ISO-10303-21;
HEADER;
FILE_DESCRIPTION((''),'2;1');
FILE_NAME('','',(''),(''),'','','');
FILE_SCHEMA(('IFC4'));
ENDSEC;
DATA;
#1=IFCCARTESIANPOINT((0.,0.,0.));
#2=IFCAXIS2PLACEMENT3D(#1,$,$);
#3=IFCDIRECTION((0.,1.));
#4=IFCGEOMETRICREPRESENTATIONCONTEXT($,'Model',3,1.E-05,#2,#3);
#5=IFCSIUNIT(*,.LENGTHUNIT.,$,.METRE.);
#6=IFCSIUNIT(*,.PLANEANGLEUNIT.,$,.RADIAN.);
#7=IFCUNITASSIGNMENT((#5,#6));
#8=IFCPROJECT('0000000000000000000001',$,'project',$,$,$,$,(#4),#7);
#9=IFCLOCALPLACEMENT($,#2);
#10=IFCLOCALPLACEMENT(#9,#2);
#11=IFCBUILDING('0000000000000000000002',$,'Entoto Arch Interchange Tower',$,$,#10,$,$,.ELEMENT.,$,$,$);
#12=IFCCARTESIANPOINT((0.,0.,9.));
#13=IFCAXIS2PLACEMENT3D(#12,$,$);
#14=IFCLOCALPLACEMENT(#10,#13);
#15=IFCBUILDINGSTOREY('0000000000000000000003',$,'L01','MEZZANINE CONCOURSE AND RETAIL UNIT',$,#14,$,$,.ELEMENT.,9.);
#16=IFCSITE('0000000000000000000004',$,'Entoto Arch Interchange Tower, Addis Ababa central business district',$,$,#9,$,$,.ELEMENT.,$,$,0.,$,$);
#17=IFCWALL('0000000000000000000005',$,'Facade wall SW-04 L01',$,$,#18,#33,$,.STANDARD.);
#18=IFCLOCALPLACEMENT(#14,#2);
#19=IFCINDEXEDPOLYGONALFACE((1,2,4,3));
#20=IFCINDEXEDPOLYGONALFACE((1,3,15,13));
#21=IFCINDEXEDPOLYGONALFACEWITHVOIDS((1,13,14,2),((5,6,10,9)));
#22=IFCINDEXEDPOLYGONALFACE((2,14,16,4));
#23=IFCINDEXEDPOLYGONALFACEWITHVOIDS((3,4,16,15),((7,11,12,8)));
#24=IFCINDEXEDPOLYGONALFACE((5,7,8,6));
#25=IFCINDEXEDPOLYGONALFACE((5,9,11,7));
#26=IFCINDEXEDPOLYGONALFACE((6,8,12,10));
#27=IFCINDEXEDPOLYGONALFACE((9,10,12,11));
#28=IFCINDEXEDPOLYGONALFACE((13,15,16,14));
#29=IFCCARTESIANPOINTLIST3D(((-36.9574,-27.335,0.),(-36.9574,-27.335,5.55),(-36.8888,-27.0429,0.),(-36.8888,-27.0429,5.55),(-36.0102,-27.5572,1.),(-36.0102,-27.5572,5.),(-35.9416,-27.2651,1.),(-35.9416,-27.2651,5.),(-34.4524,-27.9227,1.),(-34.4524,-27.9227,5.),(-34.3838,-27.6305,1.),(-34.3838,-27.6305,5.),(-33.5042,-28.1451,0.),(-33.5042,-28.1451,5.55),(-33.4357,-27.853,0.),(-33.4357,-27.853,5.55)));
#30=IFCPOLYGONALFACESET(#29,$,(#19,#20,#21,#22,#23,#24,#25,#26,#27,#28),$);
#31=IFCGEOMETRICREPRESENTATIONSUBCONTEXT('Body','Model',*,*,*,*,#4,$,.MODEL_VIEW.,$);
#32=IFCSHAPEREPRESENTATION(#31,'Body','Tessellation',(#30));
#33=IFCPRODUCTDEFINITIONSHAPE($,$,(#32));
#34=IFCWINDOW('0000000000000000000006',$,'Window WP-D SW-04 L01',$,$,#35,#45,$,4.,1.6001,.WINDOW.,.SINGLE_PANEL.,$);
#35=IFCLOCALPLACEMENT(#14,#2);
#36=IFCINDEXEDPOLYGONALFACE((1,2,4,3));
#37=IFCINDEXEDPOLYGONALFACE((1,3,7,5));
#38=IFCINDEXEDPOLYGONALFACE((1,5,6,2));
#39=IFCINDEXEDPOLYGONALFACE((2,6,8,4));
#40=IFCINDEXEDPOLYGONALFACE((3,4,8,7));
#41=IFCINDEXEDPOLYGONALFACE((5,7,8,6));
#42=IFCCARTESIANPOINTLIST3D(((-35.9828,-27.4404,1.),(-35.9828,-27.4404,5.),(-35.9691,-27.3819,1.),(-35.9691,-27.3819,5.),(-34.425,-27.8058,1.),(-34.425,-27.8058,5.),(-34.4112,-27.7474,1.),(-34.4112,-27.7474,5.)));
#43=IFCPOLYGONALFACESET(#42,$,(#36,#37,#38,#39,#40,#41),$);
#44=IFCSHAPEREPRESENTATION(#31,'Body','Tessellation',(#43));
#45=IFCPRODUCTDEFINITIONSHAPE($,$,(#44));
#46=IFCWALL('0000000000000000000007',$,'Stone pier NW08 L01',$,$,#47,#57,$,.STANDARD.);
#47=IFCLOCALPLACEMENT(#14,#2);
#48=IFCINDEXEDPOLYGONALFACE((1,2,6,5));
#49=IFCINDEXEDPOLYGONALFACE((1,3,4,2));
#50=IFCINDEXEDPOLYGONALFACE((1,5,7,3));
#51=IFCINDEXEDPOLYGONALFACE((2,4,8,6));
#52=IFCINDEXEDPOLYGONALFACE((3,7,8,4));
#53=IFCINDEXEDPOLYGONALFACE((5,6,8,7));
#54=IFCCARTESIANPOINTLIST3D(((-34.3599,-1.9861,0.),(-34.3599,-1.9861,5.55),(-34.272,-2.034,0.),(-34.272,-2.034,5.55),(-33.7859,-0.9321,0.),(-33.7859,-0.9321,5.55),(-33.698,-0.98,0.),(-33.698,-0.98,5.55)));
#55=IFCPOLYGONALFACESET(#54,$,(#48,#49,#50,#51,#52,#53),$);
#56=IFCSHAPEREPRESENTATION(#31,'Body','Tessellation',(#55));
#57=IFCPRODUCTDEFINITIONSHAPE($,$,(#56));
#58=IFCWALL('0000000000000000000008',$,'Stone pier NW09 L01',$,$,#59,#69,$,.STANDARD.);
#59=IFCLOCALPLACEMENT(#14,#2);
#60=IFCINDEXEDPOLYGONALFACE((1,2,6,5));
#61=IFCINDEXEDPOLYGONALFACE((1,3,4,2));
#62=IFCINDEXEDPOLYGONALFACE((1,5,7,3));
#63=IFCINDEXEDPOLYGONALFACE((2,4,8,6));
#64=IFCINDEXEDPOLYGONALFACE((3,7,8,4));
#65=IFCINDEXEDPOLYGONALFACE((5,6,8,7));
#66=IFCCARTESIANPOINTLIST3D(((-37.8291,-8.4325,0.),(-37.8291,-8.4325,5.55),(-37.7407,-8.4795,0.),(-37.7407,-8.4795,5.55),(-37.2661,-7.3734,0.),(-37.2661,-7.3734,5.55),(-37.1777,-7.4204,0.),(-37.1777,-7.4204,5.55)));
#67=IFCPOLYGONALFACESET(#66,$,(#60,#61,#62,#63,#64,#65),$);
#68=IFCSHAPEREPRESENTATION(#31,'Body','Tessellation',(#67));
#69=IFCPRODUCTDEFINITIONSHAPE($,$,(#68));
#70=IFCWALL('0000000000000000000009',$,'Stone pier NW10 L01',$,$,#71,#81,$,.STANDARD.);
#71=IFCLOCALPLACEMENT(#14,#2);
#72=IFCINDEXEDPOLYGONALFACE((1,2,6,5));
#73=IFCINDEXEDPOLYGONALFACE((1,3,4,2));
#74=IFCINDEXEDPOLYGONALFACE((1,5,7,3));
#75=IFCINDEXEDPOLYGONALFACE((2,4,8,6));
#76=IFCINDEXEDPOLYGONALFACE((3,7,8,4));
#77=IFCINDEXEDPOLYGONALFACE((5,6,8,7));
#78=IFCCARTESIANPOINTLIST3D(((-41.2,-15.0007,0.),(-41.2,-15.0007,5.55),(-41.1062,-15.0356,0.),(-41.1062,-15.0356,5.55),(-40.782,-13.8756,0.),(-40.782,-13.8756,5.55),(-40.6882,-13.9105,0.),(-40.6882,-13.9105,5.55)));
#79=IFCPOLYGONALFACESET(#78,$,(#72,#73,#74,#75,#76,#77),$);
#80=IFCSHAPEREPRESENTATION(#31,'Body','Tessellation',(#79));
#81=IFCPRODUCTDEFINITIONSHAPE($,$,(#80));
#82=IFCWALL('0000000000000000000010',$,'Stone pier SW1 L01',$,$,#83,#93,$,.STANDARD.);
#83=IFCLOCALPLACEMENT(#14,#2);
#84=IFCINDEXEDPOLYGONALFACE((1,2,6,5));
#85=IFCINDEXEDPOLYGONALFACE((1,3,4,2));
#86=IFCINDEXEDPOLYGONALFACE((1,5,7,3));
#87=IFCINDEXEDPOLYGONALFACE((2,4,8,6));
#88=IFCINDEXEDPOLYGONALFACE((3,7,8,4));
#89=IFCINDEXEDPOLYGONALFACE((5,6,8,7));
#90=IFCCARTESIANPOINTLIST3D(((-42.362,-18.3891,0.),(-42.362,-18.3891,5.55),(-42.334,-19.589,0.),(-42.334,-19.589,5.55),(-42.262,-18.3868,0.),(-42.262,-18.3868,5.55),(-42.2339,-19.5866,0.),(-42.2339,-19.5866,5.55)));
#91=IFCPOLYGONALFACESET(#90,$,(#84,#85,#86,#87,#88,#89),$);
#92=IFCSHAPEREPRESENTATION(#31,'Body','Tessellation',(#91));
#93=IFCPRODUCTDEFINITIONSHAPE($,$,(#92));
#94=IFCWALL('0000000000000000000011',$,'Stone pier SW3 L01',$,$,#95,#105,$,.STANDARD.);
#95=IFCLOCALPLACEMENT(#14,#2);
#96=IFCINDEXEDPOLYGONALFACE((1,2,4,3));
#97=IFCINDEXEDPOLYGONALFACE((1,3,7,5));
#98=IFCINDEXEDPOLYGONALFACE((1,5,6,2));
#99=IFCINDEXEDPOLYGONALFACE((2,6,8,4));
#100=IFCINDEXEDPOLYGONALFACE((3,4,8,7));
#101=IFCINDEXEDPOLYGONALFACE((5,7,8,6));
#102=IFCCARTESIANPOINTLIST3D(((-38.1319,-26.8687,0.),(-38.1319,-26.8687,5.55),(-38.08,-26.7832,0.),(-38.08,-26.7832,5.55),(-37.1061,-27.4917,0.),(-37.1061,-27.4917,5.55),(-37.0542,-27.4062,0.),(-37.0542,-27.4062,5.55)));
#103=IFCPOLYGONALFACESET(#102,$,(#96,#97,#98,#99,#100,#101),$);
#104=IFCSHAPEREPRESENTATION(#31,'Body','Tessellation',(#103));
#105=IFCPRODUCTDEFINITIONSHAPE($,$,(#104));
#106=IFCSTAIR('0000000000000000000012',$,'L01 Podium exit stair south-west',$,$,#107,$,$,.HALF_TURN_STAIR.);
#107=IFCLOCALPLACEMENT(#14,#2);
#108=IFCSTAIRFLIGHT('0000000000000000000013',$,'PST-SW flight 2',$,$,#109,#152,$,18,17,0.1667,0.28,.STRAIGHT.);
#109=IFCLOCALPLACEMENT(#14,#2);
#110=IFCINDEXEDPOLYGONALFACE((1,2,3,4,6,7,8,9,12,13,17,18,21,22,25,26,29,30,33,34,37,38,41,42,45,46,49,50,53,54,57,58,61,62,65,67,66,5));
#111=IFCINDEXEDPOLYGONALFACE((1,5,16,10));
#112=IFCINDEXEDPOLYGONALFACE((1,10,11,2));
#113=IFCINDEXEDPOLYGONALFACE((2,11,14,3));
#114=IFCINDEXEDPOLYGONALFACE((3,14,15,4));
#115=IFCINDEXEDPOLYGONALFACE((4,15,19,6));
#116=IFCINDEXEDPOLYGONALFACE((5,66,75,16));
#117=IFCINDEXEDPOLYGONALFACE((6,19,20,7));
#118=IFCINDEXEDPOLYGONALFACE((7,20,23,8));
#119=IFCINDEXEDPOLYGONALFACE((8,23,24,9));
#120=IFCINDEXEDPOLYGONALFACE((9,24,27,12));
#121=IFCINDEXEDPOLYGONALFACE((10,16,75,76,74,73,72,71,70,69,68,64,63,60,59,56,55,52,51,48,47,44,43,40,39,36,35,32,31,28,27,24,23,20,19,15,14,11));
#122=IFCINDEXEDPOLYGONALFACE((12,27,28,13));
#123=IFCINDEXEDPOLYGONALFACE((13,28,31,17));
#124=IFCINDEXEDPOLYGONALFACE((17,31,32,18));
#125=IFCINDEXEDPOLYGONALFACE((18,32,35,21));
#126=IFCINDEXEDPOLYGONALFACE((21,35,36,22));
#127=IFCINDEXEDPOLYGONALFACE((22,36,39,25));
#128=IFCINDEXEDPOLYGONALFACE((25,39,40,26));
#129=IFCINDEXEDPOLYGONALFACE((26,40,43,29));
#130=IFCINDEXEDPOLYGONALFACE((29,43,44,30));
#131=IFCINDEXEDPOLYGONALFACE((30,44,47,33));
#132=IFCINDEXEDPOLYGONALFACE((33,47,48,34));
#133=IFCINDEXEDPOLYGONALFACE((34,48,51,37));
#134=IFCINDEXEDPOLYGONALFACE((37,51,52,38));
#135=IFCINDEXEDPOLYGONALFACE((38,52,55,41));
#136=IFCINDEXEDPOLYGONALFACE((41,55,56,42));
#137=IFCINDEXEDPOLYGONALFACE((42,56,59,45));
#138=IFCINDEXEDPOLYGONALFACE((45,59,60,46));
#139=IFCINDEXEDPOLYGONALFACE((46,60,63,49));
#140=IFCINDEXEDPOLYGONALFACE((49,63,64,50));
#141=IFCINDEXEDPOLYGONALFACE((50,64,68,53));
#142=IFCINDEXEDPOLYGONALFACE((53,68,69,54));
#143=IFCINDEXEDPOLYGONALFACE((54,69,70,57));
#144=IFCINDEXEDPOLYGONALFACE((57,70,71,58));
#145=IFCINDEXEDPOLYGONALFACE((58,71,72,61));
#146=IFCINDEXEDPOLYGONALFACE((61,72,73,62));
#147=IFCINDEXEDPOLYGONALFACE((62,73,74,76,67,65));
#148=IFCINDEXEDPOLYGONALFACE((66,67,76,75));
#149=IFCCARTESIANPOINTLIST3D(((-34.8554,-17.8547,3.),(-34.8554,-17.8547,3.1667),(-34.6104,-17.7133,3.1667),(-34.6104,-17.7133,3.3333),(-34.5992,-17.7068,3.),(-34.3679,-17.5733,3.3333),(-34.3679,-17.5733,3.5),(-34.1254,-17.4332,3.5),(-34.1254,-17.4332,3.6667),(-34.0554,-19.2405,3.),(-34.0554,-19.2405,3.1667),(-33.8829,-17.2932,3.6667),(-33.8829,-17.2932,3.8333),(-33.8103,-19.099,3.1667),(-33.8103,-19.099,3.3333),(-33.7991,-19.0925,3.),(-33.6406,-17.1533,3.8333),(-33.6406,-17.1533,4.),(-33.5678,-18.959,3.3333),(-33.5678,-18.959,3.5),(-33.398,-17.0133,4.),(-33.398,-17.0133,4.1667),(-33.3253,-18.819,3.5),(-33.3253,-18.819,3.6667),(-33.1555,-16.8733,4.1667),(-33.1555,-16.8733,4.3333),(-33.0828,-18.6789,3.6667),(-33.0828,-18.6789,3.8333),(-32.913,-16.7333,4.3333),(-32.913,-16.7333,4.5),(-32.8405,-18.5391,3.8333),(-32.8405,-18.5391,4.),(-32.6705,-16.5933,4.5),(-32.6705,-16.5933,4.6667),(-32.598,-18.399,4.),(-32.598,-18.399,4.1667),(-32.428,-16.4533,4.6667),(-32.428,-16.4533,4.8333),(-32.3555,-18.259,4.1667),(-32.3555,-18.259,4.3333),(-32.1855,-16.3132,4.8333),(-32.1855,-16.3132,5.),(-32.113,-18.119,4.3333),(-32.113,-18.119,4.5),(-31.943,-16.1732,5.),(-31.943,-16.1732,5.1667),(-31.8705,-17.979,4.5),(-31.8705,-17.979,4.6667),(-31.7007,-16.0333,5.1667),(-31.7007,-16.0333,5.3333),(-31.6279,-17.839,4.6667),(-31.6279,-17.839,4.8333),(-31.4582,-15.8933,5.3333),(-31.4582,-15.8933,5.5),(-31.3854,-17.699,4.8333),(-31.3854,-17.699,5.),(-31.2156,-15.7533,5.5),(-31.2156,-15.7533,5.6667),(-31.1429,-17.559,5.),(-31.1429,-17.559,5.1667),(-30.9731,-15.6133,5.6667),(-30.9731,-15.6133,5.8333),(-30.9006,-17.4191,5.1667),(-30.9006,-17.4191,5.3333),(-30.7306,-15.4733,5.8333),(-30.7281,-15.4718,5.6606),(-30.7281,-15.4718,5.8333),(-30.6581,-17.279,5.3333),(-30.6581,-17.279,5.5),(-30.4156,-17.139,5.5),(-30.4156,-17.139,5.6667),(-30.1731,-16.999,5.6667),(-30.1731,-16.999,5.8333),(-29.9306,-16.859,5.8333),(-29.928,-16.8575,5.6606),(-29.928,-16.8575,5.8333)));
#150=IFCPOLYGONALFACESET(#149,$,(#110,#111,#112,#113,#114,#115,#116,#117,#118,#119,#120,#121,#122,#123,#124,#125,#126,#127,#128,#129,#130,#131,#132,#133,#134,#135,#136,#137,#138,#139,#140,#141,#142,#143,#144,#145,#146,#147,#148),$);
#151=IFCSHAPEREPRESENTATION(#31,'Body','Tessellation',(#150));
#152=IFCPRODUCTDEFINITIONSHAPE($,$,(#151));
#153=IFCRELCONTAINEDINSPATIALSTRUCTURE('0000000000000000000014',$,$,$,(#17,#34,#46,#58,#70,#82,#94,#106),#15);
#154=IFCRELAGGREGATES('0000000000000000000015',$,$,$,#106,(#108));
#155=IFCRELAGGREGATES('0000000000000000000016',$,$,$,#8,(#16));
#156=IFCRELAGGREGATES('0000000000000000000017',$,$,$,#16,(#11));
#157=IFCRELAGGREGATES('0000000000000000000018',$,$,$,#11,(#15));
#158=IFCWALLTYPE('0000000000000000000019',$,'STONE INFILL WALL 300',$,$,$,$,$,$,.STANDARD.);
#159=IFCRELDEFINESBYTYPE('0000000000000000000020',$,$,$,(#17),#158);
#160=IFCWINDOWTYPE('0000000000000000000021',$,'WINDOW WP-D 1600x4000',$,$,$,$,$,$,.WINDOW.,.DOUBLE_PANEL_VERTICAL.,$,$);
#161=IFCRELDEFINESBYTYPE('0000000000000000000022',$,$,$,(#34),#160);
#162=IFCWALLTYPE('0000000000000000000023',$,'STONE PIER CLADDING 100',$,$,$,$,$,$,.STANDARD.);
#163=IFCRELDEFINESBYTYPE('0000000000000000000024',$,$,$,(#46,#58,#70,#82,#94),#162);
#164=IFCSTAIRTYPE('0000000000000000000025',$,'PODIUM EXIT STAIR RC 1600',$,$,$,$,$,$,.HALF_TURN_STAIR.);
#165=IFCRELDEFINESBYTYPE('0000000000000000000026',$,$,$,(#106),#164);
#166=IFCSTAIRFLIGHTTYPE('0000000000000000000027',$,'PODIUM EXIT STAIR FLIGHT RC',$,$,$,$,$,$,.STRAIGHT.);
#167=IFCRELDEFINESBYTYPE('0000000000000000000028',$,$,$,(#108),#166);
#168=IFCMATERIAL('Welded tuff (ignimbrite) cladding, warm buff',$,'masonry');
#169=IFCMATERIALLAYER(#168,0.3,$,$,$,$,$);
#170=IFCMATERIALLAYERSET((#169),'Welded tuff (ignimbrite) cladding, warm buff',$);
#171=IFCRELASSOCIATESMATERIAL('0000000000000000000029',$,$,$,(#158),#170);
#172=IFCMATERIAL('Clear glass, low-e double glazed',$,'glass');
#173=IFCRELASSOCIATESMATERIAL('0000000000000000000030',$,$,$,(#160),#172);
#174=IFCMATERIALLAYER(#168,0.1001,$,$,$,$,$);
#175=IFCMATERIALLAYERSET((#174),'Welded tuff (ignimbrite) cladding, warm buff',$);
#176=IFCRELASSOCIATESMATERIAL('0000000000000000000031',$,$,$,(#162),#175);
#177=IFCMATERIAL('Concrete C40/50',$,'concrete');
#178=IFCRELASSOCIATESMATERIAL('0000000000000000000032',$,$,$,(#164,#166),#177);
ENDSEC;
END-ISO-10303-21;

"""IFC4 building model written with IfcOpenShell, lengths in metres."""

from ifc_helpers import new_model, si_unit, direction, frame, frame_2d, origin, place, context, subcontext, project, spatial, polyline, rectangle, outline, extrude, material, layer, layer_set, type_object, element, fill, aggregate, save


model = new_model("IFC4")

# Units and contexts
model_context = context("Model", 3, precision=1e-05, world=origin(), true_north=direction((0.0, 1.0)))
body_context = subcontext(model_context, "Body", "Model", "MODEL_VIEW")
ifc_project = project(units=[si_unit("LENGTHUNIT", "METRE"), si_unit("PLANEANGLEUNIT", "RADIAN")], contexts=[model_context])

# Site, building, storey
site_placement = place(None, origin())
site = spatial("IfcSite", under=ifc_project, at=site_placement, Name="Entoto Arch Interchange Tower, Addis Ababa central business district", CompositionType="ELEMENT", RefElevation=0.0)
building_placement = place(site_placement, origin())
building = spatial("IfcBuilding", under=site, at=building_placement, Name="Entoto Arch Interchange Tower", CompositionType="ELEMENT")
storey_placement = place(building_placement, frame((0.0, 0.0, 9.0)))
storey = spatial("IfcBuildingStorey", under=building, at=storey_placement, Name="L01", Description="MEZZANINE CONCOURSE AND RETAIL UNIT", CompositionType="ELEMENT", Elevation=9.0)

# Shared definitions
ifc_material_1 = material(Name="Concrete C40/50", Category="concrete")

# Shared definitions
ifc_material_2 = material(Name="Welded tuff (ignimbrite) cladding, warm buff", Category="masonry")
ifc_layer_1 = layer(ifc_material_2, 0.3)
ifc_layer_set_1 = layer_set([ifc_layer_1], Name="Welded tuff (ignimbrite) cladding, warm buff")
wall_type_1 = type_object("IfcWallType", Name="STONE INFILL WALL 300", PredefinedType="STANDARD", material=ifc_layer_set_1)
ifc_material_3 = material(Name="Clear glass, low-e double glazed", Category="glass")

# Wall, opening, window
window_type_1 = type_object("IfcWindowType", Name="WINDOW WP-D 1600x4000", PartitioningType="DOUBLE_PANEL_VERTICAL", PredefinedType="WINDOW", material=ifc_material_3)
wall_1_placement = place(storey_placement, frame((-36.9231, -27.189, 0.0), z_axis=(0.0, 0.0, 1.0), x_axis=(0.97357, -0.228387, 0.0)))
wall_1 = element("IfcWall", 1, at=wall_1_placement, inside=storey, type_object=wall_type_1, Name="Facade wall SW-04 L01", PredefinedType="STANDARD", context=body_context, shape_type="SweptSolid", body=[
    extrude(rectangle(XDim=3.5469, YDim=0.3, at=frame_2d((1.7734, 0.0))), origin(), (0.0, 0.0, 1.0), 5.55),
])
opening_1_placement = place(wall_1_placement, frame((0.9729, 0.0, 1.0)))
opening_1 = element("IfcOpeningElement", 2, at=opening_1_placement, cuts=wall_1, PredefinedType="OPENING", context=body_context, shape_type="SweptSolid", body=[
    extrude(rectangle(XDim=1.6001, YDim=4.0, at=frame_2d((0.8, 2.0))), frame((0.0, 0.1602, 0.0), z_axis=(0.0, -1.0, 0.0), x_axis=(1.0, 0.0, 0.0)), (0.0, 0.0, 1.0), 0.3201),
])
window_1_placement = place(opening_1_placement, origin())
window_1 = element("IfcWindow", 3, at=window_1_placement, inside=storey, type_object=window_type_1, Name="Window WP-D SW-04 L01", OverallHeight=4.0, OverallWidth=1.6001, PartitioningType="SINGLE_PANEL", PredefinedType="WINDOW", context=body_context, shape_type="SweptSolid", body=[
    extrude(rectangle(XDim=1.6001, YDim=4.0, at=frame_2d((0.8, 2.0))), frame((0.0, 0.03, 0.0), z_axis=(0.0, -1.0, 0.0), x_axis=(1.0, 0.0, 0.0)), (0.0, 0.0, 1.0), 0.0601),
])
fill(opening_1, window_1)

# Walls
ifc_layer_2 = layer(ifc_material_2, 0.1001)
ifc_layer_set_2 = layer_set([ifc_layer_2], Name="Welded tuff (ignimbrite) cladding, warm buff")
wall_type_2 = type_object("IfcWallType", Name="STONE PIER CLADDING 100", PredefinedType="STANDARD", material=ifc_layer_set_2)
wall_2_placement = place(storey_placement, frame((-33.7419, -0.9561, 0.0), z_axis=(0.0, 0.0, 1.0), x_axis=(-0.478268, -0.878214, 0.0)))
element("IfcWall", 4, at=wall_2_placement, inside=storey, type_object=wall_type_2, Name="Stone pier NW08 L01", PredefinedType="STANDARD", context=body_context, shape_type="SweptSolid", body=[
    extrude(rectangle(XDim=1.2002, YDim=0.1001, at=frame_2d((0.6001, 0.0))), origin(), (0.0, 0.0, 1.0), 5.55),
])
wall_3_placement = place(storey_placement, frame((-37.2219, -7.397, 0.0), z_axis=(0.0, 0.0, 1.0), x_axis=(-0.469383, -0.882994, 0.0)))
element("IfcWall", 5, at=wall_3_placement, inside=storey, type_object=wall_type_2, Name="Stone pier NW09 L01", PredefinedType="STANDARD", context=body_context, shape_type="SweptSolid", body=[
    extrude(rectangle(XDim=1.1995, YDim=0.1001, at=frame_2d((0.5996, 0.0))), origin(), (0.0, 0.0, 1.0), 5.55),
])
for number, where, z_axis, x_axis, name in (
    (6, (-40.7351, -13.8931, 0.0), (0.0, 0.0, 1.0), (-0.348268, -0.937395, 0.0), "Stone pier NW10 L01"),
    (7, (-42.312, -18.3879, 0.0), (0.0, 0.0, 1.0), (0.023391, -0.999726, 0.0), "Stone pier SW1 L01"),
    (8, (-38.106, -26.8259, 0.0), (0.0, 0.0, 1.0), (0.854717, -0.519095, 0.0), "Stone pier SW3 L01"),
):
    element("IfcWall", number, at=place(storey_placement, frame(where, z_axis=z_axis, x_axis=x_axis)), inside=storey, type_object=wall_type_2, Name=name, PredefinedType="STANDARD", context=body_context, shape_type="SweptSolid", body=[
        extrude(rectangle(XDim=1.2002, YDim=0.1001, at=frame_2d((0.6001, 0.0))), origin(), (0.0, 0.0, 1.0), 5.55),
    ])

# Stair, stair flight
stair_type = type_object("IfcStairType", Name="PODIUM EXIT STAIR RC 1600", PredefinedType="HALF_TURN_STAIR", material=ifc_material_1)
stair_placement = place(storey_placement, origin())
stair = element("IfcStair", 9, at=stair_placement, inside=storey, type_object=stair_type, Name="L01 Podium exit stair south-west", PredefinedType="HALF_TURN_STAIR")
stair_flight_type = type_object("IfcStairFlightType", Name="PODIUM EXIT STAIR FLIGHT RC", PredefinedType="STRAIGHT", material=ifc_material_1)
stair_flight_placement = place(storey_placement, frame((-34.4529, -18.5461, 3.0), z_axis=(0.0, 0.0, 1.0), x_axis=(0.866025, 0.5, 0.0)))
stair_flight = element("IfcStairFlight", 10, at=stair_flight_placement, type_object=stair_flight_type, Name="PST-SW flight 2", NumberOfRisers=18, NumberOfTreads=17, PredefinedType="STRAIGHT", RiserHeight=0.1667, TreadLength=0.28, context=body_context, shape_type="SweptSolid", body=[
    extrude(outline(polyline([(-0.0029, 0.0), (-0.0029, 0.1667), (0.28, 0.1667), (0.28, 0.3333), (0.5601, 0.3333), (0.5601, 0.5), (0.8401, 0.5), (0.8401, 0.6667), (1.1201, 0.6667), (1.1201, 0.8333), (1.3999, 0.8333), (1.3999, 1.0), (1.6799, 1.0), (1.6799, 1.1667), (1.96, 1.1667), (1.96, 1.3333), (2.24, 1.3333), (2.24, 1.5), (2.52, 1.5), (2.52, 1.6667), (2.8, 1.6667), (2.8, 1.8333), (3.0801, 1.8333), (3.0801, 2.0), (3.3601, 2.0), (3.3601, 2.1667), (3.6399, 2.1667), (3.6399, 2.3333), (3.9199, 2.3333), (3.9199, 2.5), (4.2, 2.5), (4.2, 2.6667), (4.48, 2.6667), (4.48, 2.8333), (4.76, 2.8333), (4.7629, 2.8333), (4.7629, 2.6606), (0.293, 0.0), (-0.0029, 0.0)])), frame((0.0, 0.8, 0.0), z_axis=(0.0, -1.0, 0.0), x_axis=(1.0, 0.0, 0.0)), (0.0, 0.0, 1.0), 1.6001),
])
aggregate(stair, [stair_flight])

save(model, "model.ifc")
